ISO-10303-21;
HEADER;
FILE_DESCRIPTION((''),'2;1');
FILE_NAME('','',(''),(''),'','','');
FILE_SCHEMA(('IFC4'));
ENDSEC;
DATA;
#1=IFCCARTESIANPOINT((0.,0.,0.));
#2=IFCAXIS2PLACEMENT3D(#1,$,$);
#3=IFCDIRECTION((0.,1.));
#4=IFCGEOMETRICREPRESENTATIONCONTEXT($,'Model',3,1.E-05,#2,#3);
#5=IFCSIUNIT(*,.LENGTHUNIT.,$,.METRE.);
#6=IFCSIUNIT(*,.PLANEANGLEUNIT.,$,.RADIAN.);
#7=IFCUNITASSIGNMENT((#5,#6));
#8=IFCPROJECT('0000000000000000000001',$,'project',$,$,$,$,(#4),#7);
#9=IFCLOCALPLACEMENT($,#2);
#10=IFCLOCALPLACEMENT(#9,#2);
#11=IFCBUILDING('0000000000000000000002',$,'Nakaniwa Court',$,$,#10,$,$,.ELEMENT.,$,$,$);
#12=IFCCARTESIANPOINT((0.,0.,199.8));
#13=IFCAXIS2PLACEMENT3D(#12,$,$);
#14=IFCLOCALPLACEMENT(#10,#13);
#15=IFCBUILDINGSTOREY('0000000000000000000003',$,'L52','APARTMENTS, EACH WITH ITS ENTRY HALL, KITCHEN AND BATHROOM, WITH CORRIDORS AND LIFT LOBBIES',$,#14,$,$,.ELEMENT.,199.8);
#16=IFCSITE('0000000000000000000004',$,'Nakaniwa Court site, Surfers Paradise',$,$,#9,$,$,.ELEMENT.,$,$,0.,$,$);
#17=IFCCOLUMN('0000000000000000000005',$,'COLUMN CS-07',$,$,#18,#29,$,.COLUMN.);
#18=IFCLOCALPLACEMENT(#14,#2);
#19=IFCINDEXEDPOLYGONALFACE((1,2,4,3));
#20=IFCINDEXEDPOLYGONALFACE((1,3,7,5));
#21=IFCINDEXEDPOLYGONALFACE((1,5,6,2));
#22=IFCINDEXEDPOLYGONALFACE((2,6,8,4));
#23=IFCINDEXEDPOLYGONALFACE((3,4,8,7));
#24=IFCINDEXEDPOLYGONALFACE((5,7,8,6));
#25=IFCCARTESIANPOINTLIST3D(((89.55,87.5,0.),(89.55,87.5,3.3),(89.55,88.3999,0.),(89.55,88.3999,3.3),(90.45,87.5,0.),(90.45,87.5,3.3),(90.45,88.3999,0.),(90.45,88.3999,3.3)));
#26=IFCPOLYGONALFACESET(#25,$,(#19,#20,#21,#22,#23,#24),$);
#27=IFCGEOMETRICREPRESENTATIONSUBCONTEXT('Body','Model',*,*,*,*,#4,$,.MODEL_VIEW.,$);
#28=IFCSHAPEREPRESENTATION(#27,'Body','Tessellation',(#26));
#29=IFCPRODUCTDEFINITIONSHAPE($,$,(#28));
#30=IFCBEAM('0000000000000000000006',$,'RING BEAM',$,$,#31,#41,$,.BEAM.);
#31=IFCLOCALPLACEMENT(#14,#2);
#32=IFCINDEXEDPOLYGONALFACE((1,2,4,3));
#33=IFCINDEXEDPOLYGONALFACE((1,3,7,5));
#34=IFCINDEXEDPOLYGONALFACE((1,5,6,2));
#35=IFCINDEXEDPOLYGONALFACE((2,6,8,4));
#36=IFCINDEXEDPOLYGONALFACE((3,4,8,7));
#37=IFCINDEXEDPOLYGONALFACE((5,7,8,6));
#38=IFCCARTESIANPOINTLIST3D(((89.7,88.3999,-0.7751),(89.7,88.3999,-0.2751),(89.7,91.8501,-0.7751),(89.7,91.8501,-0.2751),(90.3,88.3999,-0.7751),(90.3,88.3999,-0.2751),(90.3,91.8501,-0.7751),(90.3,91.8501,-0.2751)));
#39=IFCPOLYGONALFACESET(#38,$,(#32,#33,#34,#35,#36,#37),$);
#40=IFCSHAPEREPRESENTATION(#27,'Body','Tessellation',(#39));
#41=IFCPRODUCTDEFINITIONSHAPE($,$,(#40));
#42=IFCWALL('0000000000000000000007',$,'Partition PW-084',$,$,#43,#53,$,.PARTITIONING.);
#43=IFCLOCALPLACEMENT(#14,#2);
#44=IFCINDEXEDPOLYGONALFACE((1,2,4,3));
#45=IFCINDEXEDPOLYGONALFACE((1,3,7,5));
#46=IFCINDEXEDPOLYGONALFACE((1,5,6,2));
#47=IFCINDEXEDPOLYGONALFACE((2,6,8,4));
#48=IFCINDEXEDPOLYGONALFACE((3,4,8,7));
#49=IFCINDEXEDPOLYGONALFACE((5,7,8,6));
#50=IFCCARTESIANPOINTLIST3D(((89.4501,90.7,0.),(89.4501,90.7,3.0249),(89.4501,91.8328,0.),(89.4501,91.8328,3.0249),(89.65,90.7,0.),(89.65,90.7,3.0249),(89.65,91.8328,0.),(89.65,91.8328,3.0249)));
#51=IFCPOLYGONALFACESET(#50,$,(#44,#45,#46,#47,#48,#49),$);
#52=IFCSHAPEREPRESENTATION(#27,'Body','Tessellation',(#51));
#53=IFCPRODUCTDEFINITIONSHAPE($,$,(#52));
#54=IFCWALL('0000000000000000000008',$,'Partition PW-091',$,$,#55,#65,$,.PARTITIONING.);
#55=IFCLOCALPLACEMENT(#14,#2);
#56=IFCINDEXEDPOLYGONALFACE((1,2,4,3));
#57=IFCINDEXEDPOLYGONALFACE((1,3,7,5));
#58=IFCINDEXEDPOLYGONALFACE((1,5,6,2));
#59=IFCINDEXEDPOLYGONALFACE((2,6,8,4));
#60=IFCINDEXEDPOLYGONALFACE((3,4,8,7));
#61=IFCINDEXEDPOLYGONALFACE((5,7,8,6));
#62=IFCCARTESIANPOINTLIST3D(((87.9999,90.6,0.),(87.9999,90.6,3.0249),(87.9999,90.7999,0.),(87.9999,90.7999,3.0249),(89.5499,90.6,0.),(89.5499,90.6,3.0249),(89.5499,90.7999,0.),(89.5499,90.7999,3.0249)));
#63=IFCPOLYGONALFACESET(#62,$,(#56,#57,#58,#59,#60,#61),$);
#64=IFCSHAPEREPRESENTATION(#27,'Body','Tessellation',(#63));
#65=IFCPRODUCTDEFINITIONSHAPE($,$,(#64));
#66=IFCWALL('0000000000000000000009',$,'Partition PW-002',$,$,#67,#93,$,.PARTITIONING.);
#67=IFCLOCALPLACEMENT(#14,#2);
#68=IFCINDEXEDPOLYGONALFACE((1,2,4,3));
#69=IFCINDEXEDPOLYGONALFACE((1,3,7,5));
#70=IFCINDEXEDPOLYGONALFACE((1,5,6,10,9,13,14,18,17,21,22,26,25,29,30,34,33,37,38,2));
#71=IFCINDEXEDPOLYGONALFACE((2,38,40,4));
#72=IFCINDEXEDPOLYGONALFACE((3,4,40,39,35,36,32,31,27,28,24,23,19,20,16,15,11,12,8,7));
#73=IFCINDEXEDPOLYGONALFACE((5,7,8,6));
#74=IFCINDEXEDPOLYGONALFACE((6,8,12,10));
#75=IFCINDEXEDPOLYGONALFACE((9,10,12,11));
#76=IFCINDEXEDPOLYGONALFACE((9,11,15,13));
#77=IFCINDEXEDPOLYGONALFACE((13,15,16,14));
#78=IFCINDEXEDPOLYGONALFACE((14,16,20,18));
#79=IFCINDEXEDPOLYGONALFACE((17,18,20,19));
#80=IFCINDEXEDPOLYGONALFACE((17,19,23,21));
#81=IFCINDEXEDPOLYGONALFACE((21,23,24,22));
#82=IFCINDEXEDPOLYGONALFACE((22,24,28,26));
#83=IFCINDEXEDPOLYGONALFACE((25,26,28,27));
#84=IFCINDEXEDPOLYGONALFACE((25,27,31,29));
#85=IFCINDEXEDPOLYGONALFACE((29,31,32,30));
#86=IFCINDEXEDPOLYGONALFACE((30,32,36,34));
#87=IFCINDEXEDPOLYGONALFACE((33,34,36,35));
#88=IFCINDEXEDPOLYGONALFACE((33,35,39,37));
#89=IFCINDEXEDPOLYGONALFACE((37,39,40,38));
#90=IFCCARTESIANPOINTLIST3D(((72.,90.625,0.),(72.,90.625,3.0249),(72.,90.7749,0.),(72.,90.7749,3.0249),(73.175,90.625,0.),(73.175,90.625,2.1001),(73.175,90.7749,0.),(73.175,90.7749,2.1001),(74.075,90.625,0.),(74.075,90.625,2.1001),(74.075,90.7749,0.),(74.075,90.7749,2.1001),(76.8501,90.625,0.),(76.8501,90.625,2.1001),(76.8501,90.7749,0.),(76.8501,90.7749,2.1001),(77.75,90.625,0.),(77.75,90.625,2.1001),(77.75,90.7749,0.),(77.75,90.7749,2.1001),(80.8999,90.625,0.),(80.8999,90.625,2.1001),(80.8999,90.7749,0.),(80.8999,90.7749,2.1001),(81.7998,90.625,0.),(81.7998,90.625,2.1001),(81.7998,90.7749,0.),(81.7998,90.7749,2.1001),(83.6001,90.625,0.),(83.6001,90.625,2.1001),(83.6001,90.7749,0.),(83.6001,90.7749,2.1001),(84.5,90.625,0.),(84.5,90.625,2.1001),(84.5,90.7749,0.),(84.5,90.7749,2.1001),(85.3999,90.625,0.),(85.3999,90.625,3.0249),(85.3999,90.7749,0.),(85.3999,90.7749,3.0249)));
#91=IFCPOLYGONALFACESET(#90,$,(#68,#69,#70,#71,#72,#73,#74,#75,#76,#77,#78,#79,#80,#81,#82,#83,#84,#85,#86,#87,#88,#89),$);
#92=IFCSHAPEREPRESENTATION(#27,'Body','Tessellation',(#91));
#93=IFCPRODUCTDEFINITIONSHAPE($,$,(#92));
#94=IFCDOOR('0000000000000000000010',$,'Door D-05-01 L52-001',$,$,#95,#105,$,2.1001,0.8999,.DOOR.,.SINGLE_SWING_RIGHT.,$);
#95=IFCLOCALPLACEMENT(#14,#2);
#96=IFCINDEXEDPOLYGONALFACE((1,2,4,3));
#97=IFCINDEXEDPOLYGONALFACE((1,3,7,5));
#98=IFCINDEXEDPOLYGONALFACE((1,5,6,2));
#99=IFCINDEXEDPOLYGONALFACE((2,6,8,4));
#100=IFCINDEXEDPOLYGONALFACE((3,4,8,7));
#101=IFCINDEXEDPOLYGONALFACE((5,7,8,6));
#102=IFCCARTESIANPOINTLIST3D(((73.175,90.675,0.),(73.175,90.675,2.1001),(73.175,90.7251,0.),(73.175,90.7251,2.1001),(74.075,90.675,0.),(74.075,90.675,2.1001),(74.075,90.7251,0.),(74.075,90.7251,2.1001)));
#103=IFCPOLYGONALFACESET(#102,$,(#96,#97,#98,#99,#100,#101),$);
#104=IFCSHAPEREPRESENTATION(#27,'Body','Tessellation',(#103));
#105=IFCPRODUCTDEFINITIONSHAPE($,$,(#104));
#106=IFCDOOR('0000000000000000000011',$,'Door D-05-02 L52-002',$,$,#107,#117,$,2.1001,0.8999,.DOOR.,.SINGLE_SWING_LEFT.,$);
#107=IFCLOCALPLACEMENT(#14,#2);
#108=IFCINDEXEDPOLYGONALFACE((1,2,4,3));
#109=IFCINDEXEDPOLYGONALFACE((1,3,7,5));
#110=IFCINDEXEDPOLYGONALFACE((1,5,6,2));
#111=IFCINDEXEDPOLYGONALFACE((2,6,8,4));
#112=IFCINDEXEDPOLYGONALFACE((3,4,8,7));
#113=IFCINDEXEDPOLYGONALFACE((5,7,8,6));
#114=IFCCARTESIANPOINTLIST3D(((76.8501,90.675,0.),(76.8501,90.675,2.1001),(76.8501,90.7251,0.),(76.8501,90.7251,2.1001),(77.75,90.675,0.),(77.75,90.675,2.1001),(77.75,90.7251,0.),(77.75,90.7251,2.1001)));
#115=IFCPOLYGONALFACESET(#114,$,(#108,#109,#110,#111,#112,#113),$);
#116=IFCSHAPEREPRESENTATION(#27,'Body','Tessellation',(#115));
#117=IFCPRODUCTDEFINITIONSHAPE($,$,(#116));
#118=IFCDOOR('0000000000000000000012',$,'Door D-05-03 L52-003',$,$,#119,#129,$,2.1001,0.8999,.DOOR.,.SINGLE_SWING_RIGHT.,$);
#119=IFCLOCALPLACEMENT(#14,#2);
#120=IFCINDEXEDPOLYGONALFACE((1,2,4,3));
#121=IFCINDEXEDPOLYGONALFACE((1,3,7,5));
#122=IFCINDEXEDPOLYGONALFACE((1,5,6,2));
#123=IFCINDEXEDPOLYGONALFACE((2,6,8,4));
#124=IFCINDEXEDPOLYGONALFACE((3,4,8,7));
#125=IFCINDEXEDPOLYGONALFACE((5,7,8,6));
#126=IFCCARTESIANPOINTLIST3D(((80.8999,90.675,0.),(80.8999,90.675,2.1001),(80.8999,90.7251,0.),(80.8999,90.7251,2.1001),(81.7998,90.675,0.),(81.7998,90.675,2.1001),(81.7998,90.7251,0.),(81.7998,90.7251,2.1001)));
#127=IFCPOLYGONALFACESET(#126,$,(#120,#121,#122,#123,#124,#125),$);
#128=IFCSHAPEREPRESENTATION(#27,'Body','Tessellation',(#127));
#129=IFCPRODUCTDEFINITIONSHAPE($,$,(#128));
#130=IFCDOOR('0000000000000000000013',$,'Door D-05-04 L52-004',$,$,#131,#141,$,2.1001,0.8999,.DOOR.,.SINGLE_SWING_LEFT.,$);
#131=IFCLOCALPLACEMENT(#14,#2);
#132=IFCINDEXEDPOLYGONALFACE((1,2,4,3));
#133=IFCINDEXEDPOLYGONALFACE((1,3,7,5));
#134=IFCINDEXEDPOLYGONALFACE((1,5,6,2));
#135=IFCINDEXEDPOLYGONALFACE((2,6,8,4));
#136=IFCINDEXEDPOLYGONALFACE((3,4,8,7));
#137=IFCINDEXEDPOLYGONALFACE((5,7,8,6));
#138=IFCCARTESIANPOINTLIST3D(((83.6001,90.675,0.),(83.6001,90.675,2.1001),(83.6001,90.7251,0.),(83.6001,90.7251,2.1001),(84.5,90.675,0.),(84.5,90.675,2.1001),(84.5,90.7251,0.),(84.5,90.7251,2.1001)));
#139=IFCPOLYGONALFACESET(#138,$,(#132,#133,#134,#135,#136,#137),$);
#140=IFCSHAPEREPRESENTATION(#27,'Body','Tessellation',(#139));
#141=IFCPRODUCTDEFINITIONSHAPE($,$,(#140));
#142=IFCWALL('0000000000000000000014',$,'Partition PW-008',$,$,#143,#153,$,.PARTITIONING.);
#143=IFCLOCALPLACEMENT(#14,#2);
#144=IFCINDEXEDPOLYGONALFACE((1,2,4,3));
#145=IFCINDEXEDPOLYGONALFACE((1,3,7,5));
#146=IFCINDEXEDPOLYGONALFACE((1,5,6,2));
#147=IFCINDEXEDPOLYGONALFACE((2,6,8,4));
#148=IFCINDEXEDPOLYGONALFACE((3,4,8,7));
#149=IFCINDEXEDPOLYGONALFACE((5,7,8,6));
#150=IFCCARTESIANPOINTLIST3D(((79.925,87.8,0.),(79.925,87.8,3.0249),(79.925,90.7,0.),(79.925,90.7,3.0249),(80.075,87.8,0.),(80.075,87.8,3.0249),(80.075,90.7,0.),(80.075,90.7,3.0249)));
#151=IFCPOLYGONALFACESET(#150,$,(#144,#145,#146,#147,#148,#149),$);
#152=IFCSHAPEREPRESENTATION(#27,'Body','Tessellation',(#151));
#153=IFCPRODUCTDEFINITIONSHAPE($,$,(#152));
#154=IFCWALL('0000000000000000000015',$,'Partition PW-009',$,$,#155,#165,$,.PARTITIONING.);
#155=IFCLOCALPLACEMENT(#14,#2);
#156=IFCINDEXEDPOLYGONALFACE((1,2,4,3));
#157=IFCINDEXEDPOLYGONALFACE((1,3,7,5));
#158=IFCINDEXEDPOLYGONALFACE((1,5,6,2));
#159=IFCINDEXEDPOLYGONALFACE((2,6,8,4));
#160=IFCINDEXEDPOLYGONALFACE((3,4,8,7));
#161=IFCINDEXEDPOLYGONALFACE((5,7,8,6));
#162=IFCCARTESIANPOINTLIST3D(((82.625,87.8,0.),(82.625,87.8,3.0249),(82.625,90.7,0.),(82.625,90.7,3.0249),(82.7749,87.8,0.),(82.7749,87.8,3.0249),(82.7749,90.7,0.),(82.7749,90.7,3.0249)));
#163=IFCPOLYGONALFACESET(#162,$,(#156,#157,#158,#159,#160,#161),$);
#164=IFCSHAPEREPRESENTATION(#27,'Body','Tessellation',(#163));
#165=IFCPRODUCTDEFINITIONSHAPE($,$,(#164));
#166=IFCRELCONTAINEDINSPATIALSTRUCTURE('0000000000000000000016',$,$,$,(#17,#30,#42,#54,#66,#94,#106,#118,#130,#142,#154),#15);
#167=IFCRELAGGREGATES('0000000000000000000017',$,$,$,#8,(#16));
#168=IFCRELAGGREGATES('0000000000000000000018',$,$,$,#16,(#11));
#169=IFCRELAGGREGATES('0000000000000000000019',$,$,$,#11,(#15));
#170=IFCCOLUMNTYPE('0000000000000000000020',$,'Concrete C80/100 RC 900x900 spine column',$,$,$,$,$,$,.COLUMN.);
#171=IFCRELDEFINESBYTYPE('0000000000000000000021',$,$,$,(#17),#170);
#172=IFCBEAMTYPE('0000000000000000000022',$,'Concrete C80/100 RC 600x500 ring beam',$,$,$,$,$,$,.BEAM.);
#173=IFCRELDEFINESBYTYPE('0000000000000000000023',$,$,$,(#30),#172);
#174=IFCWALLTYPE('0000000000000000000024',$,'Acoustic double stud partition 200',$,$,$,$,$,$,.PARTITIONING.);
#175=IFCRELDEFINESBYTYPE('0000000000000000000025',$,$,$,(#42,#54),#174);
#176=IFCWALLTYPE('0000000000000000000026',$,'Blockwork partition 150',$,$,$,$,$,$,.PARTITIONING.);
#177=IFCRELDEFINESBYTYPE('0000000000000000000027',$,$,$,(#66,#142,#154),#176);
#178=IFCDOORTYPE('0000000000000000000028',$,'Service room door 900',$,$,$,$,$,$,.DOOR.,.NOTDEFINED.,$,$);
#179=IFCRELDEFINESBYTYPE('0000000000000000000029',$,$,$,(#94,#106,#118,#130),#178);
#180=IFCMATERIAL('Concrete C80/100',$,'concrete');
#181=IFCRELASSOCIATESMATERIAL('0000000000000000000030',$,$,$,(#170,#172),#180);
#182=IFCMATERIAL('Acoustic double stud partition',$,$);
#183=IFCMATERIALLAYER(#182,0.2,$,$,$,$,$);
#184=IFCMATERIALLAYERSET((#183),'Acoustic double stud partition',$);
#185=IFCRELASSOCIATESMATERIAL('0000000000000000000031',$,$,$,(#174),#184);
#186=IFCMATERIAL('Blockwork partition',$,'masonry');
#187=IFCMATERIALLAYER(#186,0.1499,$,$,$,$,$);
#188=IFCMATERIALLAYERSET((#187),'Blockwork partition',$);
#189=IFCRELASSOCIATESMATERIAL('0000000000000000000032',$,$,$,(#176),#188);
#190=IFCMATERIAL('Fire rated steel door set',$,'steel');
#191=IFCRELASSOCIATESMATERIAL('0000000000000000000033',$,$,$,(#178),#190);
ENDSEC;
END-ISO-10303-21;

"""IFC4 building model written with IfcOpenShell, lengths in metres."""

from ifc_helpers import new_model, si_unit, direction, frame, frame_2d, origin, origin_2d, place, context, subcontext, project, spatial, rectangle, extrude, material, layer, layer_set, material_profile, profile_set, type_object, element, fill, save


model = new_model("IFC4")

# Units and contexts
model_context = context("Model", 3, precision=1e-05, world=origin(), true_north=direction((0.0, 1.0)))
body_context = subcontext(model_context, "Body", "Model", "MODEL_VIEW")
ifc_project = project(units=[si_unit("LENGTHUNIT", "METRE"), si_unit("PLANEANGLEUNIT", "RADIAN")], contexts=[model_context])

# Site, building, storey
site_placement = place(None, origin())
site = spatial("IfcSite", under=ifc_project, at=site_placement, Name="Nakaniwa Court site, Surfers Paradise", CompositionType="ELEMENT", RefElevation=0.0)
building_placement = place(site_placement, origin())
building = spatial("IfcBuilding", under=site, at=building_placement, Name="Nakaniwa Court", CompositionType="ELEMENT")
storey_placement = place(building_placement, frame((0.0, 0.0, 199.8)))
storey = spatial("IfcBuildingStorey", under=building, at=storey_placement, Name="L52", Description="APARTMENTS, EACH WITH ITS ENTRY HALL, KITCHEN AND BATHROOM, WITH CORRIDORS AND LIFT LOBBIES", CompositionType="ELEMENT", Elevation=199.8)

# Column
ifc_material_1 = material(Name="Concrete C80/100", Category="concrete")
ifc_material_profile_1 = material_profile(ifc_material_1, rectangle(XDim=0.8999, YDim=0.8999, at=origin_2d()), Name="Concrete C80/100 RC 900x900 spine column")
ifc_profile_set_1 = profile_set([ifc_material_profile_1], Name="Concrete C80/100")
column_type_1 = type_object("IfcColumnType", Name="Concrete C80/100 RC 900x900 spine column", PredefinedType="COLUMN", material=ifc_profile_set_1)
column_1_placement = place(storey_placement, frame((90.0, 87.95, 0.0), z_axis=(0.0, 0.0, 1.0), x_axis=(0.0, 1.0, 0.0)))
element("IfcColumn", 1, at=column_1_placement, inside=storey, type_object=column_type_1, Name="COLUMN CS-07", PredefinedType="COLUMN", context=body_context, shape_type="SweptSolid", body=[
    extrude(rectangle(XDim=0.8999, YDim=0.8999, at=origin_2d()), origin(), (0.0, 0.0, 1.0), 3.3),
])

# Beam
ifc_material_profile_2 = material_profile(ifc_material_1, rectangle(XDim=0.6001, YDim=0.5, at=origin_2d()), Name="Concrete C80/100 RC 600x500 ring beam")
ifc_profile_set_2 = profile_set([ifc_material_profile_2], Name="Concrete C80/100")
beam_type = type_object("IfcBeamType", Name="Concrete C80/100 RC 600x500 ring beam", PredefinedType="BEAM", material=ifc_profile_set_2)
beam_placement = place(storey_placement, frame((90.0, 88.3999, -0.5251), z_axis=(0.0, 1.0, 0.0), x_axis=(-1.0, 0.0, 0.0)))
element("IfcBeam", 2, at=beam_placement, inside=storey, type_object=beam_type, Name="RING BEAM", PredefinedType="BEAM", context=body_context, shape_type="SweptSolid", body=[
    extrude(rectangle(XDim=0.6001, YDim=0.5, at=origin_2d()), origin(), (0.0, 0.0, 1.0), 3.4502),
])

# Walls
ifc_material_2 = material(Name="Acoustic double stud partition")
ifc_layer_1 = layer(ifc_material_2, 0.2)
ifc_layer_set_1 = layer_set([ifc_layer_1], Name="Acoustic double stud partition")
wall_type_1 = type_object("IfcWallType", Name="Acoustic double stud partition 200", PredefinedType="PARTITIONING", material=ifc_layer_set_1)
wall_1_placement = place(storey_placement, frame((89.55, 90.7, 0.0), z_axis=(0.0, 0.0, 1.0), x_axis=(0.0, 1.0, 0.0)))
element("IfcWall", 3, at=wall_1_placement, inside=storey, type_object=wall_type_1, Name="Partition PW-084", PredefinedType="PARTITIONING", context=body_context, shape_type="SweptSolid", body=[
    extrude(rectangle(XDim=1.1328, YDim=0.2, at=frame_2d((0.5664, 0.0))), origin(), (0.0, 0.0, 1.0), 3.0249),
])
wall_2_placement = place(storey_placement, frame((88.0, 90.7, 0.0), z_axis=(0.0, 0.0, 1.0), x_axis=(1.0, 0.0, 0.0)))
element("IfcWall", 4, at=wall_2_placement, inside=storey, type_object=wall_type_1, Name="Partition PW-091", PredefinedType="PARTITIONING", context=body_context, shape_type="SweptSolid", body=[
    extrude(rectangle(XDim=1.55, YDim=0.2, at=frame_2d((0.7749, 0.0))), origin(), (0.0, 0.0, 1.0), 3.0249),
])

# Wall, openings, doors
ifc_material_3 = material(Name="Blockwork partition", Category="masonry")
ifc_layer_2 = layer(ifc_material_3, 0.1499)
ifc_layer_set_2 = layer_set([ifc_layer_2], Name="Blockwork partition")
wall_type_2 = type_object("IfcWallType", Name="Blockwork partition 150", PredefinedType="PARTITIONING", material=ifc_layer_set_2)
wall_3_placement = place(storey_placement, frame((85.3999, 90.7, 0.0), z_axis=(0.0, 0.0, 1.0), x_axis=(-1.0, 0.0, 0.0)))
wall_3 = element("IfcWall", 5, at=wall_3_placement, inside=storey, type_object=wall_type_2, Name="Partition PW-002", PredefinedType="PARTITIONING", context=body_context, shape_type="SweptSolid", body=[
    extrude(rectangle(XDim=13.3999, YDim=0.1499, at=frame_2d((6.7, 0.0))), origin(), (0.0, 0.0, 1.0), 3.0249),
])
opening_1_placement = place(wall_3_placement, frame((11.325, 0.0, 0.0)))
opening_1 = element("IfcOpeningElement", 6, at=opening_1_placement, cuts=wall_3, PredefinedType="OPENING", context=body_context, shape_type="SweptSolid", body=[
    extrude(rectangle(XDim=0.8999, YDim=2.1001, at=frame_2d((0.45, 1.05))), frame((0.0, 0.085, 0.0), z_axis=(0.0, -1.0, 0.0), x_axis=(1.0, 0.0, 0.0)), (0.0, 0.0, 1.0), 0.1699),
])
opening_2_placement = place(wall_3_placement, frame((7.6499, 0.0, 0.0)))
opening_2 = element("IfcOpeningElement", 7, at=opening_2_placement, cuts=wall_3, PredefinedType="OPENING", context=body_context, shape_type="SweptSolid", body=[
    extrude(rectangle(XDim=0.8999, YDim=2.1001, at=frame_2d((0.45, 1.05))), frame((0.0, 0.085, 0.0), z_axis=(0.0, -1.0, 0.0), x_axis=(1.0, 0.0, 0.0)), (0.0, 0.0, 1.0), 0.1699),
])
opening_3_placement = place(wall_3_placement, frame((3.6001, 0.0, 0.0)))
opening_3 = element("IfcOpeningElement", 8, at=opening_3_placement, cuts=wall_3, PredefinedType="OPENING", context=body_context, shape_type="SweptSolid", body=[
    extrude(rectangle(XDim=0.8999, YDim=2.1001, at=frame_2d((0.45, 1.05))), frame((0.0, 0.085, 0.0), z_axis=(0.0, -1.0, 0.0), x_axis=(1.0, 0.0, 0.0)), (0.0, 0.0, 1.0), 0.1699),
])
opening_4_placement = place(wall_3_placement, frame((0.8999, 0.0, 0.0)))
opening_4 = element("IfcOpeningElement", 9, at=opening_4_placement, cuts=wall_3, PredefinedType="OPENING", context=body_context, shape_type="SweptSolid", body=[
    extrude(rectangle(XDim=0.8999, YDim=2.1001, at=frame_2d((0.45, 1.05))), frame((0.0, 0.085, 0.0), z_axis=(0.0, -1.0, 0.0), x_axis=(1.0, 0.0, 0.0)), (0.0, 0.0, 1.0), 0.1699),
])
ifc_material_4 = material(Name="Fire rated steel door set", Category="steel")
door_type_1 = type_object("IfcDoorType", Name="Service room door 900", OperationType="NOTDEFINED", PredefinedType="DOOR", material=ifc_material_4)
door_1_placement = place(opening_1_placement, origin())
door_1 = element("IfcDoor", 10, at=door_1_placement, inside=storey, type_object=door_type_1, Name="Door D-05-01 L52-001", OperationType="SINGLE_SWING_RIGHT", OverallHeight=2.1001, OverallWidth=0.8999, PredefinedType="DOOR", context=body_context, shape_type="SweptSolid", body=[
    extrude(rectangle(XDim=0.8999, YDim=2.1001, at=frame_2d((0.45, 1.05))), frame((0.0, 0.0249, 0.0), z_axis=(0.0, -1.0, 0.0), x_axis=(1.0, 0.0, 0.0)), (0.0, 0.0, 1.0), 0.05),
])
fill(opening_1, door_1)
door_2_placement = place(opening_2_placement, origin())
door_2 = element("IfcDoor", 11, at=door_2_placement, inside=storey, type_object=door_type_1, Name="Door D-05-02 L52-002", OperationType="SINGLE_SWING_LEFT", OverallHeight=2.1001, OverallWidth=0.8999, PredefinedType="DOOR", context=body_context, shape_type="SweptSolid", body=[
    extrude(rectangle(XDim=0.8999, YDim=2.1001, at=frame_2d((0.45, 1.05))), frame((0.0, 0.0249, 0.0), z_axis=(0.0, -1.0, 0.0), x_axis=(1.0, 0.0, 0.0)), (0.0, 0.0, 1.0), 0.05),
])
fill(opening_2, door_2)
door_3_placement = place(opening_3_placement, origin())
door_3 = element("IfcDoor", 12, at=door_3_placement, inside=storey, type_object=door_type_1, Name="Door D-05-03 L52-003", OperationType="SINGLE_SWING_RIGHT", OverallHeight=2.1001, OverallWidth=0.8999, PredefinedType="DOOR", context=body_context, shape_type="SweptSolid", body=[
    extrude(rectangle(XDim=0.8999, YDim=2.1001, at=frame_2d((0.45, 1.05))), frame((0.0, 0.0249, 0.0), z_axis=(0.0, -1.0, 0.0), x_axis=(1.0, 0.0, 0.0)), (0.0, 0.0, 1.0), 0.05),
])
fill(opening_3, door_3)
door_4_placement = place(opening_4_placement, origin())
door_4 = element("IfcDoor", 13, at=door_4_placement, inside=storey, type_object=door_type_1, Name="Door D-05-04 L52-004", OperationType="SINGLE_SWING_LEFT", OverallHeight=2.1001, OverallWidth=0.8999, PredefinedType="DOOR", context=body_context, shape_type="SweptSolid", body=[
    extrude(rectangle(XDim=0.8999, YDim=2.1001, at=frame_2d((0.45, 1.05))), frame((0.0, 0.0249, 0.0), z_axis=(0.0, -1.0, 0.0), x_axis=(1.0, 0.0, 0.0)), (0.0, 0.0, 1.0), 0.05),
])
fill(opening_4, door_4)

# Walls
for number, where, z_axis, x_axis, name in (
    (14, (80.0, 87.8, 0.0), (0.0, 0.0, 1.0), (0.0, 1.0, 0.0), "Partition PW-008"),
    (15, (82.7, 87.8, 0.0), (0.0, 0.0, 1.0), (0.0, 1.0, 0.0), "Partition PW-009"),
):
    element("IfcWall", number, at=place(storey_placement, frame(where, z_axis=z_axis, x_axis=x_axis)), inside=storey, type_object=wall_type_2, Name=name, PredefinedType="PARTITIONING", context=body_context, shape_type="SweptSolid", body=[
        extrude(rectangle(XDim=2.8999, YDim=0.1499, at=frame_2d((1.45, 0.0))), origin(), (0.0, 0.0, 1.0), 3.0249),
    ])

save(model, "model.ifc")
